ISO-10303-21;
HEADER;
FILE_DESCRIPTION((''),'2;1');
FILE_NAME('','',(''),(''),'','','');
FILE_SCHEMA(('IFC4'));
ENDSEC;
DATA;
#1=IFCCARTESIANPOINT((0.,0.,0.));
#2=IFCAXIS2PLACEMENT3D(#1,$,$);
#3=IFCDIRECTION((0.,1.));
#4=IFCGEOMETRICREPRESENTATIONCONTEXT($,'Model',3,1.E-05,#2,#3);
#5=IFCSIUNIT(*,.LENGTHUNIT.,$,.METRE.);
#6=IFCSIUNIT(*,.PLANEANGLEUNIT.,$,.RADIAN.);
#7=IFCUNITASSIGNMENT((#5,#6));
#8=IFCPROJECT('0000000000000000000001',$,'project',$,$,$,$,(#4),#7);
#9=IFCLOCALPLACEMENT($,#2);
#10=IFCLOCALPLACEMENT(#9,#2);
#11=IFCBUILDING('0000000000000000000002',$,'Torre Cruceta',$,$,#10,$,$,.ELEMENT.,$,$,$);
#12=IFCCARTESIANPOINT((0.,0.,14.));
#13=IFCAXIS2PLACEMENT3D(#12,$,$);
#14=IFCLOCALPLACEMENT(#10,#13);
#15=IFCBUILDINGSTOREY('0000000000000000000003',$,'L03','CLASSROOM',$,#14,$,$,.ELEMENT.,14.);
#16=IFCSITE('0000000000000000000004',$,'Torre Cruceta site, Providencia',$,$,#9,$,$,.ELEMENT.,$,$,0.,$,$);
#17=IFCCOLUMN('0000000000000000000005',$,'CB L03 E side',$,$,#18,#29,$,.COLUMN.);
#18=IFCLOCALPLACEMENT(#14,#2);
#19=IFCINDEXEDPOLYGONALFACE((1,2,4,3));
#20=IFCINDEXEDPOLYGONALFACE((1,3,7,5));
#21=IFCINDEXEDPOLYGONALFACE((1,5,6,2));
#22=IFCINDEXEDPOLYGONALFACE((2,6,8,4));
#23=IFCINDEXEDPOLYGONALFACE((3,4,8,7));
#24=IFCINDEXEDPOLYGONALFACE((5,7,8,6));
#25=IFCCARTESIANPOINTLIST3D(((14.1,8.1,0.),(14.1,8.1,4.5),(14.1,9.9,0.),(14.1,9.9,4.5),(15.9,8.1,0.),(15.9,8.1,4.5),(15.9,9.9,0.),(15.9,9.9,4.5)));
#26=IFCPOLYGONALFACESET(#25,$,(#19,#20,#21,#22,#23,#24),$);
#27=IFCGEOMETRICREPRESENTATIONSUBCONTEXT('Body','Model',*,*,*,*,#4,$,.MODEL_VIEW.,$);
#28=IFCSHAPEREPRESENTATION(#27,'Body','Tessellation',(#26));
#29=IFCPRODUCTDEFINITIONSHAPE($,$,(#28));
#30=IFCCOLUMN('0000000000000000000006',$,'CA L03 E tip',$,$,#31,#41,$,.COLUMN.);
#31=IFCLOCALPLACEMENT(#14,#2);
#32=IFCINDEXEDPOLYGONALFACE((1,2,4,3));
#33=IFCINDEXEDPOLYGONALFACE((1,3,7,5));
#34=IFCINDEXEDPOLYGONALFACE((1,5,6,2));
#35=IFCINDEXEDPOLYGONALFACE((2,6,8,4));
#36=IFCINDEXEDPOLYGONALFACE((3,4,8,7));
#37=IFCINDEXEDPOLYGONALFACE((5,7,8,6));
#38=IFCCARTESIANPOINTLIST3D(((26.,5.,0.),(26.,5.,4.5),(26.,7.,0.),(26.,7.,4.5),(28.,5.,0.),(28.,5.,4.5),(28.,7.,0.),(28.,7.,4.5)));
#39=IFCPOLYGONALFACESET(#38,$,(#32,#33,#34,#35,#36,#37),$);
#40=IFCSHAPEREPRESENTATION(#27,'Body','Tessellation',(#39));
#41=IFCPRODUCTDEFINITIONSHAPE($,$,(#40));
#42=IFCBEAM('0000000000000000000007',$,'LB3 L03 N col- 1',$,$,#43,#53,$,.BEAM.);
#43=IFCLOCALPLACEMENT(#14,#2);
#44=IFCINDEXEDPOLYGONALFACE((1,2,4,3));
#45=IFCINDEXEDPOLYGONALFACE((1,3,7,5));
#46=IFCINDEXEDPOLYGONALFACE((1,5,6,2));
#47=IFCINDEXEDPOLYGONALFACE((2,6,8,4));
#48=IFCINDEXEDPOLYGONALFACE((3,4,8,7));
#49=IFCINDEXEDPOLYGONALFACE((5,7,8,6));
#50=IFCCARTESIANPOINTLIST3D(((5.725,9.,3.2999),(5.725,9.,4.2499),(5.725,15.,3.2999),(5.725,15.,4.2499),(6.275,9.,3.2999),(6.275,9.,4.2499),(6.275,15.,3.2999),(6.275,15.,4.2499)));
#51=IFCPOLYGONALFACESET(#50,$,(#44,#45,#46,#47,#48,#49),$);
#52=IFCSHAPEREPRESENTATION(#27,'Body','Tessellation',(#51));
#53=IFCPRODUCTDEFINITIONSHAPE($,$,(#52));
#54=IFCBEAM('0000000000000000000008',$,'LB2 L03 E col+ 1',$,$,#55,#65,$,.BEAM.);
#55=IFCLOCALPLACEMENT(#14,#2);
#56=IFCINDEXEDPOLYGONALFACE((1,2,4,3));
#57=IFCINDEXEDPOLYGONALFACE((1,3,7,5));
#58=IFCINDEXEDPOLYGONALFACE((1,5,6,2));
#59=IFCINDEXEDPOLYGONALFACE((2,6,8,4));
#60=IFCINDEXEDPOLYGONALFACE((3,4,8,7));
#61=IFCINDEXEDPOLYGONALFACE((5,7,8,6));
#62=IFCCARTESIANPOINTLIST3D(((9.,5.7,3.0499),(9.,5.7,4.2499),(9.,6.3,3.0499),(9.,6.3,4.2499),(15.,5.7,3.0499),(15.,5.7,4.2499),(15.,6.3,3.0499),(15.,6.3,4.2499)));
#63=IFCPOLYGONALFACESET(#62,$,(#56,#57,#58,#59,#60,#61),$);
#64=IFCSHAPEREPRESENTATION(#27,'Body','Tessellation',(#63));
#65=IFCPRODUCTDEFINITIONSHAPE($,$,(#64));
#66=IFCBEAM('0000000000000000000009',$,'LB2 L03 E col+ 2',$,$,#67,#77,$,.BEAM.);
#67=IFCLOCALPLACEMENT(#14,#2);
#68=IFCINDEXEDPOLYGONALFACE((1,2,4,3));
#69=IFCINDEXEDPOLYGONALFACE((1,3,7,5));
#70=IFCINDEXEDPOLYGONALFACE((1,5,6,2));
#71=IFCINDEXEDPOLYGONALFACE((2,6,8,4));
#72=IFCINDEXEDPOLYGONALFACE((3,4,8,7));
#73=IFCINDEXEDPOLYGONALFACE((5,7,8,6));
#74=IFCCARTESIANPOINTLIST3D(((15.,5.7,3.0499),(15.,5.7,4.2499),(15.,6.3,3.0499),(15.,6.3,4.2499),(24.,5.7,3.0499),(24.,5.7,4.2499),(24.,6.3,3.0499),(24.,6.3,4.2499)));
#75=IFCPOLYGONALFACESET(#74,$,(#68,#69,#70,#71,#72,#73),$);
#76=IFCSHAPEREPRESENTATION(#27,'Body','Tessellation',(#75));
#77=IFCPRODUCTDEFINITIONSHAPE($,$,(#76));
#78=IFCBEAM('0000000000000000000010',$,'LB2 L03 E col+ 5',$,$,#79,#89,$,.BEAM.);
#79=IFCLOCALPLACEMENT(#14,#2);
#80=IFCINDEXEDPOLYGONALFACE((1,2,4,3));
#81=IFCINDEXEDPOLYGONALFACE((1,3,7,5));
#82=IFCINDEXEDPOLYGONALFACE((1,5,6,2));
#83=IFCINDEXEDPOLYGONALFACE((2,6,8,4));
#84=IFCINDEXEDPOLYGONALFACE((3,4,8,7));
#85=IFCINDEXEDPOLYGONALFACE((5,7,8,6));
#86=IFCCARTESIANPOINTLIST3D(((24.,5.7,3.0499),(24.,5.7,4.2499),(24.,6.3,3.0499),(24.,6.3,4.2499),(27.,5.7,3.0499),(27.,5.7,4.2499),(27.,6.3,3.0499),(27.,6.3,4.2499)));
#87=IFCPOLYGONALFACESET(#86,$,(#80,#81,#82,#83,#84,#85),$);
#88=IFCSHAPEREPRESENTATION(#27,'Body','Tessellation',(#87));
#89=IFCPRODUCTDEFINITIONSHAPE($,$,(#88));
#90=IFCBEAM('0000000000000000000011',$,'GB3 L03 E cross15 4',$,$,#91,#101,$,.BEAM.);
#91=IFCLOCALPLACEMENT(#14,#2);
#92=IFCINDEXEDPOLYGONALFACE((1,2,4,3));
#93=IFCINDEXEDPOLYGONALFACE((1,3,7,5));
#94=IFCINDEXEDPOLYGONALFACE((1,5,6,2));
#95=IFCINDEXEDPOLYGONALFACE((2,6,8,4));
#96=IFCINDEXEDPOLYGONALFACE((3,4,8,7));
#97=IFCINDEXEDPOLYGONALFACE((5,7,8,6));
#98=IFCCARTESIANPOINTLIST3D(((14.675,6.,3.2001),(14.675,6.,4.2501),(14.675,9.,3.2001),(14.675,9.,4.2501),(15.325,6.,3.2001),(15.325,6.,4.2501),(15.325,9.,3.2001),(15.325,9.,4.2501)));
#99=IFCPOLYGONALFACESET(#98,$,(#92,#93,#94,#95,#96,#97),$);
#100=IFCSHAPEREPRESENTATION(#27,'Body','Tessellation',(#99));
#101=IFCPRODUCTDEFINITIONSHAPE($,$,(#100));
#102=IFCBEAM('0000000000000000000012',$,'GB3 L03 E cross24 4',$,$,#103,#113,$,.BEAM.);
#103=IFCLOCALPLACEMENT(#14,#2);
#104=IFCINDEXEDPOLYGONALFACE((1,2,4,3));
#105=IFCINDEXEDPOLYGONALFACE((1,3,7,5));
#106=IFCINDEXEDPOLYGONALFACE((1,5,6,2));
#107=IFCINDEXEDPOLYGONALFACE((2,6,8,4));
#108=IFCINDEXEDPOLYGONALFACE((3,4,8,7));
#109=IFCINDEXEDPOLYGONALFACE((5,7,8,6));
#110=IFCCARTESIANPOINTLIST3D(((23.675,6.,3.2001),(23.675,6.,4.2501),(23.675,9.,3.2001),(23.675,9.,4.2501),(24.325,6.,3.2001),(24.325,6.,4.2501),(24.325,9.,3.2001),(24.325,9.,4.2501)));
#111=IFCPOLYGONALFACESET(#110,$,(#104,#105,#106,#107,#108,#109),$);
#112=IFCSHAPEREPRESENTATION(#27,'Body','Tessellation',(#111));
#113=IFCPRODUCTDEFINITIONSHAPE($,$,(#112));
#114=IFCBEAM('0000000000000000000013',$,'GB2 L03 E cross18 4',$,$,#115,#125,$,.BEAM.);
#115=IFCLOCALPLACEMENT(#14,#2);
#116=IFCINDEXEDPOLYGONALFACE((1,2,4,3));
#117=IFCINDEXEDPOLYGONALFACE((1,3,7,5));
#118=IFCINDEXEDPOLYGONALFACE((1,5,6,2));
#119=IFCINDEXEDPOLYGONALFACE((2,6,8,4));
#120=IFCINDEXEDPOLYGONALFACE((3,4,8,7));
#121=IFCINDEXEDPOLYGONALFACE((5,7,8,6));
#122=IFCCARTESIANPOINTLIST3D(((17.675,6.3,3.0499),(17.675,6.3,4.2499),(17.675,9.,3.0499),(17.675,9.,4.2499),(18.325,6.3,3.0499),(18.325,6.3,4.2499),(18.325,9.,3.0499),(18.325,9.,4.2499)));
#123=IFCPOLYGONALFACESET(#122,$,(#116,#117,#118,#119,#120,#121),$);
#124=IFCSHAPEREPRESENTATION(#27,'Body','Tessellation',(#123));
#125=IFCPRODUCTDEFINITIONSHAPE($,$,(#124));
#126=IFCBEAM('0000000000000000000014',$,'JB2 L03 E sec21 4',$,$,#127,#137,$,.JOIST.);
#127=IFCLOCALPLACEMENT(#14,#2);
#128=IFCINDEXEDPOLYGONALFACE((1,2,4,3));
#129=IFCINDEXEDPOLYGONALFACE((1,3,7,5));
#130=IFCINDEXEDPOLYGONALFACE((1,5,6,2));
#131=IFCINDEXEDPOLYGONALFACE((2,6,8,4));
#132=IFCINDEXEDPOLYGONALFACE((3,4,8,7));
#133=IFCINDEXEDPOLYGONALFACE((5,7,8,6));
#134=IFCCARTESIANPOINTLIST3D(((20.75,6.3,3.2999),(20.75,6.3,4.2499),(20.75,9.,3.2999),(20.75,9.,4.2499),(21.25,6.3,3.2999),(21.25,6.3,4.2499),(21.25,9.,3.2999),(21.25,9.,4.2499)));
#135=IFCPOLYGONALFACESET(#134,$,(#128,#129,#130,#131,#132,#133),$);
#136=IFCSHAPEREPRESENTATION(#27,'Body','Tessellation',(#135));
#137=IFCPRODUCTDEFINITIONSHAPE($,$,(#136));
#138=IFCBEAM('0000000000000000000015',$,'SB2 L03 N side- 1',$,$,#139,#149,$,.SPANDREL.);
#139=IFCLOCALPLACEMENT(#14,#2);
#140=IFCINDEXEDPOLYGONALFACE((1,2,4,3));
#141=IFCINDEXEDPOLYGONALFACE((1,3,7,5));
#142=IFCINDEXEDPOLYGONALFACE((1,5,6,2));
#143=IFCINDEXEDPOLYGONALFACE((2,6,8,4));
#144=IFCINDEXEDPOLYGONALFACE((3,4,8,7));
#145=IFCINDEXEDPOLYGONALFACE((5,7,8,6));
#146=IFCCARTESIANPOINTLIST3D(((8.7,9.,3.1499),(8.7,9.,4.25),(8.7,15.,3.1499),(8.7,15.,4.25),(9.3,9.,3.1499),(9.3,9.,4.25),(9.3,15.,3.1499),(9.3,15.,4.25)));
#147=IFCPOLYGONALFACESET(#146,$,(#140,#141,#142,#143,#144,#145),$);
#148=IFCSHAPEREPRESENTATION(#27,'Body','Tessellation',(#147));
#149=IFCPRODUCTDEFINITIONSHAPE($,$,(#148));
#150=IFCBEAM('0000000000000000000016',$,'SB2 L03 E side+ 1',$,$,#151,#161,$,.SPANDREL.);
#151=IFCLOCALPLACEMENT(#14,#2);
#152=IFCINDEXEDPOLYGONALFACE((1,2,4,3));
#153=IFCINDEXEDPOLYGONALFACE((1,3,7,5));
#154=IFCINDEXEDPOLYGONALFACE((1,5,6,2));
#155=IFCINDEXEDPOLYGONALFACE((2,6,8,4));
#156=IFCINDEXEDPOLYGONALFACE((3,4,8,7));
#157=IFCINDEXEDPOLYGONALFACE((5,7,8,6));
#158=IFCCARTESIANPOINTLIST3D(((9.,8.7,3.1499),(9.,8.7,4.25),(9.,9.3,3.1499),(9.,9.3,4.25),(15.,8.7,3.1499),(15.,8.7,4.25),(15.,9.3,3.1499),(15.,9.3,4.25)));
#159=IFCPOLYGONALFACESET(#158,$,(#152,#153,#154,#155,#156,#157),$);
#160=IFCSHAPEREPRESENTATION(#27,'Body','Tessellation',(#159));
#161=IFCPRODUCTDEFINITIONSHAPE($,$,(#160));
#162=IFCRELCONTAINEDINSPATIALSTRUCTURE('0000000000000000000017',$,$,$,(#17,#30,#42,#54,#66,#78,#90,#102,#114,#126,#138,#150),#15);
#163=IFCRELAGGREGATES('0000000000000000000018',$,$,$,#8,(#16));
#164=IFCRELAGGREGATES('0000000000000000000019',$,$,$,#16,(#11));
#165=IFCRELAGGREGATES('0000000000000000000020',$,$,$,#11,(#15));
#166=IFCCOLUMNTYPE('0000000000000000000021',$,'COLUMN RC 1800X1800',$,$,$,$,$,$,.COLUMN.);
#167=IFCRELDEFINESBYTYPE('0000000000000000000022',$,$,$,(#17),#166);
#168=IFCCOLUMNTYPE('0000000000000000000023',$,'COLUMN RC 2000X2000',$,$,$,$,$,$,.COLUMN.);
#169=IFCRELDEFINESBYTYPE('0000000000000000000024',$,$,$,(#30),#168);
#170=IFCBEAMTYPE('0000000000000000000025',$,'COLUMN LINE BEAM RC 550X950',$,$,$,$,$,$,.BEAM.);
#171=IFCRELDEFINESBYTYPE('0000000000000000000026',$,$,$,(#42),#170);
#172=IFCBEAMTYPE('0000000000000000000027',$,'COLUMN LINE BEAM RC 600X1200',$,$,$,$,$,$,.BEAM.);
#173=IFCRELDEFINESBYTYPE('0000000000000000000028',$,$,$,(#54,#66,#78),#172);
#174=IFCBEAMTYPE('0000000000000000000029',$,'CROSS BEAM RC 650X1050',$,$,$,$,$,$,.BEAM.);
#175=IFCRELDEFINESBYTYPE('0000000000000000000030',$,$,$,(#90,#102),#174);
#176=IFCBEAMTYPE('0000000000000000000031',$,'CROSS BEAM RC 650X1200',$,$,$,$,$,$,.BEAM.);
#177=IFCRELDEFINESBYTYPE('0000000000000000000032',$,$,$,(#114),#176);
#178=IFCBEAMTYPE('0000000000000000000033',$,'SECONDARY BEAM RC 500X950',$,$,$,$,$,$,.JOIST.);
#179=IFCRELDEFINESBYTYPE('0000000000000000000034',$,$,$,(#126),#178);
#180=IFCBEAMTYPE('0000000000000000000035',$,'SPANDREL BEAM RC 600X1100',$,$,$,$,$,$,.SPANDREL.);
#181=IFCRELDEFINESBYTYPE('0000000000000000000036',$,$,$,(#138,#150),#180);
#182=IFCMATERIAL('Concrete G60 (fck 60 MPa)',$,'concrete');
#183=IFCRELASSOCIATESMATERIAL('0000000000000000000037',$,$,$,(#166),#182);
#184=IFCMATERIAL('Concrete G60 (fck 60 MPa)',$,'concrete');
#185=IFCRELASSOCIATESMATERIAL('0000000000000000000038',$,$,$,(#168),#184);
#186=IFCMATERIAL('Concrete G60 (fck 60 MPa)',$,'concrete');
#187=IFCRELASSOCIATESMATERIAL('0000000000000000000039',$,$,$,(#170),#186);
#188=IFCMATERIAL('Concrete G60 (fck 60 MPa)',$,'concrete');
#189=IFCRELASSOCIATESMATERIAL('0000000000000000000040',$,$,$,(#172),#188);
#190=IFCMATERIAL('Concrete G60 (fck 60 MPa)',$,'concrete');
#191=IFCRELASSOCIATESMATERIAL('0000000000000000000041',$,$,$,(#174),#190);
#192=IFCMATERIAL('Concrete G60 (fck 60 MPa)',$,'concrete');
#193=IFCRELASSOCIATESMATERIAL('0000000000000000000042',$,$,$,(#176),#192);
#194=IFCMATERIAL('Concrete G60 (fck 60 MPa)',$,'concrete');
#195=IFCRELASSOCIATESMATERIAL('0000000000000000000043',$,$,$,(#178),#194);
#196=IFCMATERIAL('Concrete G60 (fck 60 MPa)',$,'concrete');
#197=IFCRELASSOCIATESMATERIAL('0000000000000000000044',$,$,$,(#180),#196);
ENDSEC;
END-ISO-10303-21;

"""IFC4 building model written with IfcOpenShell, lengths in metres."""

from ifc_helpers import new_model, si_unit, direction, frame, origin, origin_2d, place, context, subcontext, project, spatial, rectangle, extrude, material, material_profile, profile_set, type_object, element, save


model = new_model("IFC4")

# Units and contexts
model_context = context("Model", 3, precision=1e-05, world=origin(), true_north=direction((0.0, 1.0)))
body_context = subcontext(model_context, "Body", "Model", "MODEL_VIEW")
ifc_project = project(units=[si_unit("LENGTHUNIT", "METRE"), si_unit("PLANEANGLEUNIT", "RADIAN")], contexts=[model_context])

# Site, building, storey
site_placement = place(None, origin())
site = spatial("IfcSite", under=ifc_project, at=site_placement, Name="Torre Cruceta site, Providencia", CompositionType="ELEMENT", RefElevation=0.0)
building_placement = place(site_placement, origin())
building = spatial("IfcBuilding", under=site, at=building_placement, Name="Torre Cruceta", CompositionType="ELEMENT")
storey_placement = place(building_placement, frame((0.0, 0.0, 14.0)))
storey = spatial("IfcBuildingStorey", under=building, at=storey_placement, Name="L03", Description="CLASSROOM", CompositionType="ELEMENT", Elevation=14.0)

# Columns
ifc_material_1 = material(Name="Concrete G60 (fck 60 MPa)", Category="concrete")
ifc_material_profile_1 = material_profile(ifc_material_1, rectangle(XDim=1.8, YDim=1.8, at=origin_2d()), Name="RC 1800X1800")
ifc_profile_set_1 = profile_set([ifc_material_profile_1], Name="Concrete G60 (fck 60 MPa)")
column_type_1 = type_object("IfcColumnType", Name="COLUMN RC 1800X1800", PredefinedType="COLUMN", material=ifc_profile_set_1)
column_1_placement = place(storey_placement, frame((15.0, 9.0, 0.0), z_axis=(0.0, 0.0, 1.0), x_axis=(1.0, 0.0, 0.0)))
element("IfcColumn", 1, at=column_1_placement, inside=storey, type_object=column_type_1, Name="CB L03 E side", PredefinedType="COLUMN", context=body_context, shape_type="SweptSolid", body=[
    extrude(rectangle(XDim=1.8, YDim=1.8, at=origin_2d()), origin(), (0.0, 0.0, 1.0), 4.5),
])
ifc_material_2 = material(Name="Concrete G60 (fck 60 MPa)", Category="concrete")
ifc_material_profile_2 = material_profile(ifc_material_2, rectangle(XDim=2.0, YDim=2.0, at=origin_2d()), Name="RC 2000X2000")
ifc_profile_set_2 = profile_set([ifc_material_profile_2], Name="Concrete G60 (fck 60 MPa)")
column_type_2 = type_object("IfcColumnType", Name="COLUMN RC 2000X2000", PredefinedType="COLUMN", material=ifc_profile_set_2)
column_2_placement = place(storey_placement, frame((27.0, 6.0, 0.0), z_axis=(0.0, 0.0, 1.0), x_axis=(1.0, 0.0, 0.0)))
element("IfcColumn", 2, at=column_2_placement, inside=storey, type_object=column_type_2, Name="CA L03 E tip", PredefinedType="COLUMN", context=body_context, shape_type="SweptSolid", body=[
    extrude(rectangle(XDim=2.0, YDim=2.0, at=origin_2d()), origin(), (0.0, 0.0, 1.0), 4.5),
])

# Beams
ifc_material_3 = material(Name="Concrete G60 (fck 60 MPa)", Category="concrete")
ifc_material_profile_3 = material_profile(ifc_material_3, rectangle(XDim=0.55, YDim=0.95, at=origin_2d()), Name="RC 550X950")
ifc_profile_set_3 = profile_set([ifc_material_profile_3], Name="Concrete G60 (fck 60 MPa)")
beam_type_1 = type_object("IfcBeamType", Name="COLUMN LINE BEAM RC 550X950", PredefinedType="BEAM", material=ifc_profile_set_3)
beam_1_placement = place(storey_placement, frame((6.0, 9.0, 3.7749), z_axis=(0.0, 1.0, 0.0), x_axis=(-1.0, 0.0, 0.0)))
element("IfcBeam", 3, at=beam_1_placement, inside=storey, type_object=beam_type_1, Name="LB3 L03 N col- 1", PredefinedType="BEAM", context=body_context, shape_type="SweptSolid", body=[
    extrude(rectangle(XDim=0.55, YDim=0.95, at=origin_2d()), origin(), (0.0, 0.0, 1.0), 6.0),
])
ifc_material_4 = material(Name="Concrete G60 (fck 60 MPa)", Category="concrete")
ifc_material_profile_4 = material_profile(ifc_material_4, rectangle(XDim=0.6001, YDim=1.2, at=origin_2d()), Name="RC 600X1200")
ifc_profile_set_4 = profile_set([ifc_material_profile_4], Name="Concrete G60 (fck 60 MPa)")
beam_type_2 = type_object("IfcBeamType", Name="COLUMN LINE BEAM RC 600X1200", PredefinedType="BEAM", material=ifc_profile_set_4)
beam_2_placement = place(storey_placement, frame((9.0, 6.0, 3.6499), z_axis=(1.0, 0.0, 0.0), x_axis=(0.0, 1.0, 0.0)))
element("IfcBeam", 4, at=beam_2_placement, inside=storey, type_object=beam_type_2, Name="LB2 L03 E col+ 1", PredefinedType="BEAM", context=body_context, shape_type="SweptSolid", body=[
    extrude(rectangle(XDim=0.6001, YDim=1.2, at=origin_2d()), origin(), (0.0, 0.0, 1.0), 6.0),
])
beam_3_placement = place(storey_placement, frame((15.0, 6.0, 3.6499), z_axis=(1.0, 0.0, 0.0), x_axis=(0.0, 1.0, 0.0)))
element("IfcBeam", 5, at=beam_3_placement, inside=storey, type_object=beam_type_2, Name="LB2 L03 E col+ 2", PredefinedType="BEAM", context=body_context, shape_type="SweptSolid", body=[
    extrude(rectangle(XDim=0.6001, YDim=1.2, at=origin_2d()), origin(), (0.0, 0.0, 1.0), 9.0),
])
beam_4_placement = place(storey_placement, frame((24.0, 6.0, 3.6499), z_axis=(1.0, 0.0, 0.0), x_axis=(0.0, 1.0, 0.0)))
element("IfcBeam", 6, at=beam_4_placement, inside=storey, type_object=beam_type_2, Name="LB2 L03 E col+ 5", PredefinedType="BEAM", context=body_context, shape_type="SweptSolid", body=[
    extrude(rectangle(XDim=0.6001, YDim=1.2, at=origin_2d()), origin(), (0.0, 0.0, 1.0), 3.0),
])
ifc_material_5 = material(Name="Concrete G60 (fck 60 MPa)", Category="concrete")
ifc_material_profile_5 = material_profile(ifc_material_5, rectangle(XDim=0.6499, YDim=1.05, at=origin_2d()), Name="RC 650X1050")
ifc_profile_set_5 = profile_set([ifc_material_profile_5], Name="Concrete G60 (fck 60 MPa)")
beam_type_3 = type_object("IfcBeamType", Name="CROSS BEAM RC 650X1050", PredefinedType="BEAM", material=ifc_profile_set_5)
for number, where, z_axis, x_axis, name in (
    (7, (15.0, 6.0, 3.7251), (0.0, 1.0, 0.0), (-1.0, 0.0, 0.0), "GB3 L03 E cross15 4"),
    (8, (24.0, 6.0, 3.7251), (0.0, 1.0, 0.0), (-1.0, 0.0, 0.0), "GB3 L03 E cross24 4"),
):
    element("IfcBeam", number, at=place(storey_placement, frame(where, z_axis=z_axis, x_axis=x_axis)), inside=storey, type_object=beam_type_3, Name=name, PredefinedType="BEAM", context=body_context, shape_type="SweptSolid", body=[
        extrude(rectangle(XDim=0.6499, YDim=1.05, at=origin_2d()), origin(), (0.0, 0.0, 1.0), 3.0),
    ])
ifc_material_6 = material(Name="Concrete G60 (fck 60 MPa)", Category="concrete")
ifc_material_profile_6 = material_profile(ifc_material_6, rectangle(XDim=0.6499, YDim=1.2, at=origin_2d()), Name="RC 650X1200")
ifc_profile_set_6 = profile_set([ifc_material_profile_6], Name="Concrete G60 (fck 60 MPa)")
beam_type_4 = type_object("IfcBeamType", Name="CROSS BEAM RC 650X1200", PredefinedType="BEAM", material=ifc_profile_set_6)
beam_5_placement = place(storey_placement, frame((18.0, 6.3, 3.6499), z_axis=(0.0, 1.0, 0.0), x_axis=(-1.0, 0.0, 0.0)))
element("IfcBeam", 9, at=beam_5_placement, inside=storey, type_object=beam_type_4, Name="GB2 L03 E cross18 4", PredefinedType="BEAM", context=body_context, shape_type="SweptSolid", body=[
    extrude(rectangle(XDim=0.6499, YDim=1.2, at=origin_2d()), origin(), (0.0, 0.0, 1.0), 2.7),
])
ifc_material_7 = material(Name="Concrete G60 (fck 60 MPa)", Category="concrete")
ifc_material_profile_7 = material_profile(ifc_material_7, rectangle(XDim=0.5, YDim=0.95, at=origin_2d()), Name="RC 500X950")
ifc_profile_set_7 = profile_set([ifc_material_profile_7], Name="Concrete G60 (fck 60 MPa)")
beam_type_5 = type_object("IfcBeamType", Name="SECONDARY BEAM RC 500X950", PredefinedType="JOIST", material=ifc_profile_set_7)
beam_6_placement = place(storey_placement, frame((21.0, 6.3, 3.7749), z_axis=(0.0, 1.0, 0.0), x_axis=(-1.0, 0.0, 0.0)))
element("IfcBeam", 10, at=beam_6_placement, inside=storey, type_object=beam_type_5, Name="JB2 L03 E sec21 4", PredefinedType="JOIST", context=body_context, shape_type="SweptSolid", body=[
    extrude(rectangle(XDim=0.5, YDim=0.95, at=origin_2d()), origin(), (0.0, 0.0, 1.0), 2.7),
])
ifc_material_8 = material(Name="Concrete G60 (fck 60 MPa)", Category="concrete")
ifc_material_profile_8 = material_profile(ifc_material_8, rectangle(XDim=0.6001, YDim=1.1001, at=origin_2d()), Name="RC 600X1100")
ifc_profile_set_8 = profile_set([ifc_material_profile_8], Name="Concrete G60 (fck 60 MPa)")
beam_type_6 = type_object("IfcBeamType", Name="SPANDREL BEAM RC 600X1100", PredefinedType="SPANDREL", material=ifc_profile_set_8)
for number, where, z_axis, x_axis, name in (
    (11, (9.0, 9.0, 3.7), (0.0, 1.0, 0.0), (-1.0, 0.0, 0.0), "SB2 L03 N side- 1"),
    (12, (9.0, 9.0, 3.7), (1.0, 0.0, 0.0), (0.0, 1.0, 0.0), "SB2 L03 E side+ 1"),
):
    element("IfcBeam", number, at=place(storey_placement, frame(where, z_axis=z_axis, x_axis=x_axis)), inside=storey, type_object=beam_type_6, Name=name, PredefinedType="SPANDREL", context=body_context, shape_type="SweptSolid", body=[
        extrude(rectangle(XDim=0.6001, YDim=1.1001, at=origin_2d()), origin(), (0.0, 0.0, 1.0), 6.0),
    ])

save(model, "model.ifc")
